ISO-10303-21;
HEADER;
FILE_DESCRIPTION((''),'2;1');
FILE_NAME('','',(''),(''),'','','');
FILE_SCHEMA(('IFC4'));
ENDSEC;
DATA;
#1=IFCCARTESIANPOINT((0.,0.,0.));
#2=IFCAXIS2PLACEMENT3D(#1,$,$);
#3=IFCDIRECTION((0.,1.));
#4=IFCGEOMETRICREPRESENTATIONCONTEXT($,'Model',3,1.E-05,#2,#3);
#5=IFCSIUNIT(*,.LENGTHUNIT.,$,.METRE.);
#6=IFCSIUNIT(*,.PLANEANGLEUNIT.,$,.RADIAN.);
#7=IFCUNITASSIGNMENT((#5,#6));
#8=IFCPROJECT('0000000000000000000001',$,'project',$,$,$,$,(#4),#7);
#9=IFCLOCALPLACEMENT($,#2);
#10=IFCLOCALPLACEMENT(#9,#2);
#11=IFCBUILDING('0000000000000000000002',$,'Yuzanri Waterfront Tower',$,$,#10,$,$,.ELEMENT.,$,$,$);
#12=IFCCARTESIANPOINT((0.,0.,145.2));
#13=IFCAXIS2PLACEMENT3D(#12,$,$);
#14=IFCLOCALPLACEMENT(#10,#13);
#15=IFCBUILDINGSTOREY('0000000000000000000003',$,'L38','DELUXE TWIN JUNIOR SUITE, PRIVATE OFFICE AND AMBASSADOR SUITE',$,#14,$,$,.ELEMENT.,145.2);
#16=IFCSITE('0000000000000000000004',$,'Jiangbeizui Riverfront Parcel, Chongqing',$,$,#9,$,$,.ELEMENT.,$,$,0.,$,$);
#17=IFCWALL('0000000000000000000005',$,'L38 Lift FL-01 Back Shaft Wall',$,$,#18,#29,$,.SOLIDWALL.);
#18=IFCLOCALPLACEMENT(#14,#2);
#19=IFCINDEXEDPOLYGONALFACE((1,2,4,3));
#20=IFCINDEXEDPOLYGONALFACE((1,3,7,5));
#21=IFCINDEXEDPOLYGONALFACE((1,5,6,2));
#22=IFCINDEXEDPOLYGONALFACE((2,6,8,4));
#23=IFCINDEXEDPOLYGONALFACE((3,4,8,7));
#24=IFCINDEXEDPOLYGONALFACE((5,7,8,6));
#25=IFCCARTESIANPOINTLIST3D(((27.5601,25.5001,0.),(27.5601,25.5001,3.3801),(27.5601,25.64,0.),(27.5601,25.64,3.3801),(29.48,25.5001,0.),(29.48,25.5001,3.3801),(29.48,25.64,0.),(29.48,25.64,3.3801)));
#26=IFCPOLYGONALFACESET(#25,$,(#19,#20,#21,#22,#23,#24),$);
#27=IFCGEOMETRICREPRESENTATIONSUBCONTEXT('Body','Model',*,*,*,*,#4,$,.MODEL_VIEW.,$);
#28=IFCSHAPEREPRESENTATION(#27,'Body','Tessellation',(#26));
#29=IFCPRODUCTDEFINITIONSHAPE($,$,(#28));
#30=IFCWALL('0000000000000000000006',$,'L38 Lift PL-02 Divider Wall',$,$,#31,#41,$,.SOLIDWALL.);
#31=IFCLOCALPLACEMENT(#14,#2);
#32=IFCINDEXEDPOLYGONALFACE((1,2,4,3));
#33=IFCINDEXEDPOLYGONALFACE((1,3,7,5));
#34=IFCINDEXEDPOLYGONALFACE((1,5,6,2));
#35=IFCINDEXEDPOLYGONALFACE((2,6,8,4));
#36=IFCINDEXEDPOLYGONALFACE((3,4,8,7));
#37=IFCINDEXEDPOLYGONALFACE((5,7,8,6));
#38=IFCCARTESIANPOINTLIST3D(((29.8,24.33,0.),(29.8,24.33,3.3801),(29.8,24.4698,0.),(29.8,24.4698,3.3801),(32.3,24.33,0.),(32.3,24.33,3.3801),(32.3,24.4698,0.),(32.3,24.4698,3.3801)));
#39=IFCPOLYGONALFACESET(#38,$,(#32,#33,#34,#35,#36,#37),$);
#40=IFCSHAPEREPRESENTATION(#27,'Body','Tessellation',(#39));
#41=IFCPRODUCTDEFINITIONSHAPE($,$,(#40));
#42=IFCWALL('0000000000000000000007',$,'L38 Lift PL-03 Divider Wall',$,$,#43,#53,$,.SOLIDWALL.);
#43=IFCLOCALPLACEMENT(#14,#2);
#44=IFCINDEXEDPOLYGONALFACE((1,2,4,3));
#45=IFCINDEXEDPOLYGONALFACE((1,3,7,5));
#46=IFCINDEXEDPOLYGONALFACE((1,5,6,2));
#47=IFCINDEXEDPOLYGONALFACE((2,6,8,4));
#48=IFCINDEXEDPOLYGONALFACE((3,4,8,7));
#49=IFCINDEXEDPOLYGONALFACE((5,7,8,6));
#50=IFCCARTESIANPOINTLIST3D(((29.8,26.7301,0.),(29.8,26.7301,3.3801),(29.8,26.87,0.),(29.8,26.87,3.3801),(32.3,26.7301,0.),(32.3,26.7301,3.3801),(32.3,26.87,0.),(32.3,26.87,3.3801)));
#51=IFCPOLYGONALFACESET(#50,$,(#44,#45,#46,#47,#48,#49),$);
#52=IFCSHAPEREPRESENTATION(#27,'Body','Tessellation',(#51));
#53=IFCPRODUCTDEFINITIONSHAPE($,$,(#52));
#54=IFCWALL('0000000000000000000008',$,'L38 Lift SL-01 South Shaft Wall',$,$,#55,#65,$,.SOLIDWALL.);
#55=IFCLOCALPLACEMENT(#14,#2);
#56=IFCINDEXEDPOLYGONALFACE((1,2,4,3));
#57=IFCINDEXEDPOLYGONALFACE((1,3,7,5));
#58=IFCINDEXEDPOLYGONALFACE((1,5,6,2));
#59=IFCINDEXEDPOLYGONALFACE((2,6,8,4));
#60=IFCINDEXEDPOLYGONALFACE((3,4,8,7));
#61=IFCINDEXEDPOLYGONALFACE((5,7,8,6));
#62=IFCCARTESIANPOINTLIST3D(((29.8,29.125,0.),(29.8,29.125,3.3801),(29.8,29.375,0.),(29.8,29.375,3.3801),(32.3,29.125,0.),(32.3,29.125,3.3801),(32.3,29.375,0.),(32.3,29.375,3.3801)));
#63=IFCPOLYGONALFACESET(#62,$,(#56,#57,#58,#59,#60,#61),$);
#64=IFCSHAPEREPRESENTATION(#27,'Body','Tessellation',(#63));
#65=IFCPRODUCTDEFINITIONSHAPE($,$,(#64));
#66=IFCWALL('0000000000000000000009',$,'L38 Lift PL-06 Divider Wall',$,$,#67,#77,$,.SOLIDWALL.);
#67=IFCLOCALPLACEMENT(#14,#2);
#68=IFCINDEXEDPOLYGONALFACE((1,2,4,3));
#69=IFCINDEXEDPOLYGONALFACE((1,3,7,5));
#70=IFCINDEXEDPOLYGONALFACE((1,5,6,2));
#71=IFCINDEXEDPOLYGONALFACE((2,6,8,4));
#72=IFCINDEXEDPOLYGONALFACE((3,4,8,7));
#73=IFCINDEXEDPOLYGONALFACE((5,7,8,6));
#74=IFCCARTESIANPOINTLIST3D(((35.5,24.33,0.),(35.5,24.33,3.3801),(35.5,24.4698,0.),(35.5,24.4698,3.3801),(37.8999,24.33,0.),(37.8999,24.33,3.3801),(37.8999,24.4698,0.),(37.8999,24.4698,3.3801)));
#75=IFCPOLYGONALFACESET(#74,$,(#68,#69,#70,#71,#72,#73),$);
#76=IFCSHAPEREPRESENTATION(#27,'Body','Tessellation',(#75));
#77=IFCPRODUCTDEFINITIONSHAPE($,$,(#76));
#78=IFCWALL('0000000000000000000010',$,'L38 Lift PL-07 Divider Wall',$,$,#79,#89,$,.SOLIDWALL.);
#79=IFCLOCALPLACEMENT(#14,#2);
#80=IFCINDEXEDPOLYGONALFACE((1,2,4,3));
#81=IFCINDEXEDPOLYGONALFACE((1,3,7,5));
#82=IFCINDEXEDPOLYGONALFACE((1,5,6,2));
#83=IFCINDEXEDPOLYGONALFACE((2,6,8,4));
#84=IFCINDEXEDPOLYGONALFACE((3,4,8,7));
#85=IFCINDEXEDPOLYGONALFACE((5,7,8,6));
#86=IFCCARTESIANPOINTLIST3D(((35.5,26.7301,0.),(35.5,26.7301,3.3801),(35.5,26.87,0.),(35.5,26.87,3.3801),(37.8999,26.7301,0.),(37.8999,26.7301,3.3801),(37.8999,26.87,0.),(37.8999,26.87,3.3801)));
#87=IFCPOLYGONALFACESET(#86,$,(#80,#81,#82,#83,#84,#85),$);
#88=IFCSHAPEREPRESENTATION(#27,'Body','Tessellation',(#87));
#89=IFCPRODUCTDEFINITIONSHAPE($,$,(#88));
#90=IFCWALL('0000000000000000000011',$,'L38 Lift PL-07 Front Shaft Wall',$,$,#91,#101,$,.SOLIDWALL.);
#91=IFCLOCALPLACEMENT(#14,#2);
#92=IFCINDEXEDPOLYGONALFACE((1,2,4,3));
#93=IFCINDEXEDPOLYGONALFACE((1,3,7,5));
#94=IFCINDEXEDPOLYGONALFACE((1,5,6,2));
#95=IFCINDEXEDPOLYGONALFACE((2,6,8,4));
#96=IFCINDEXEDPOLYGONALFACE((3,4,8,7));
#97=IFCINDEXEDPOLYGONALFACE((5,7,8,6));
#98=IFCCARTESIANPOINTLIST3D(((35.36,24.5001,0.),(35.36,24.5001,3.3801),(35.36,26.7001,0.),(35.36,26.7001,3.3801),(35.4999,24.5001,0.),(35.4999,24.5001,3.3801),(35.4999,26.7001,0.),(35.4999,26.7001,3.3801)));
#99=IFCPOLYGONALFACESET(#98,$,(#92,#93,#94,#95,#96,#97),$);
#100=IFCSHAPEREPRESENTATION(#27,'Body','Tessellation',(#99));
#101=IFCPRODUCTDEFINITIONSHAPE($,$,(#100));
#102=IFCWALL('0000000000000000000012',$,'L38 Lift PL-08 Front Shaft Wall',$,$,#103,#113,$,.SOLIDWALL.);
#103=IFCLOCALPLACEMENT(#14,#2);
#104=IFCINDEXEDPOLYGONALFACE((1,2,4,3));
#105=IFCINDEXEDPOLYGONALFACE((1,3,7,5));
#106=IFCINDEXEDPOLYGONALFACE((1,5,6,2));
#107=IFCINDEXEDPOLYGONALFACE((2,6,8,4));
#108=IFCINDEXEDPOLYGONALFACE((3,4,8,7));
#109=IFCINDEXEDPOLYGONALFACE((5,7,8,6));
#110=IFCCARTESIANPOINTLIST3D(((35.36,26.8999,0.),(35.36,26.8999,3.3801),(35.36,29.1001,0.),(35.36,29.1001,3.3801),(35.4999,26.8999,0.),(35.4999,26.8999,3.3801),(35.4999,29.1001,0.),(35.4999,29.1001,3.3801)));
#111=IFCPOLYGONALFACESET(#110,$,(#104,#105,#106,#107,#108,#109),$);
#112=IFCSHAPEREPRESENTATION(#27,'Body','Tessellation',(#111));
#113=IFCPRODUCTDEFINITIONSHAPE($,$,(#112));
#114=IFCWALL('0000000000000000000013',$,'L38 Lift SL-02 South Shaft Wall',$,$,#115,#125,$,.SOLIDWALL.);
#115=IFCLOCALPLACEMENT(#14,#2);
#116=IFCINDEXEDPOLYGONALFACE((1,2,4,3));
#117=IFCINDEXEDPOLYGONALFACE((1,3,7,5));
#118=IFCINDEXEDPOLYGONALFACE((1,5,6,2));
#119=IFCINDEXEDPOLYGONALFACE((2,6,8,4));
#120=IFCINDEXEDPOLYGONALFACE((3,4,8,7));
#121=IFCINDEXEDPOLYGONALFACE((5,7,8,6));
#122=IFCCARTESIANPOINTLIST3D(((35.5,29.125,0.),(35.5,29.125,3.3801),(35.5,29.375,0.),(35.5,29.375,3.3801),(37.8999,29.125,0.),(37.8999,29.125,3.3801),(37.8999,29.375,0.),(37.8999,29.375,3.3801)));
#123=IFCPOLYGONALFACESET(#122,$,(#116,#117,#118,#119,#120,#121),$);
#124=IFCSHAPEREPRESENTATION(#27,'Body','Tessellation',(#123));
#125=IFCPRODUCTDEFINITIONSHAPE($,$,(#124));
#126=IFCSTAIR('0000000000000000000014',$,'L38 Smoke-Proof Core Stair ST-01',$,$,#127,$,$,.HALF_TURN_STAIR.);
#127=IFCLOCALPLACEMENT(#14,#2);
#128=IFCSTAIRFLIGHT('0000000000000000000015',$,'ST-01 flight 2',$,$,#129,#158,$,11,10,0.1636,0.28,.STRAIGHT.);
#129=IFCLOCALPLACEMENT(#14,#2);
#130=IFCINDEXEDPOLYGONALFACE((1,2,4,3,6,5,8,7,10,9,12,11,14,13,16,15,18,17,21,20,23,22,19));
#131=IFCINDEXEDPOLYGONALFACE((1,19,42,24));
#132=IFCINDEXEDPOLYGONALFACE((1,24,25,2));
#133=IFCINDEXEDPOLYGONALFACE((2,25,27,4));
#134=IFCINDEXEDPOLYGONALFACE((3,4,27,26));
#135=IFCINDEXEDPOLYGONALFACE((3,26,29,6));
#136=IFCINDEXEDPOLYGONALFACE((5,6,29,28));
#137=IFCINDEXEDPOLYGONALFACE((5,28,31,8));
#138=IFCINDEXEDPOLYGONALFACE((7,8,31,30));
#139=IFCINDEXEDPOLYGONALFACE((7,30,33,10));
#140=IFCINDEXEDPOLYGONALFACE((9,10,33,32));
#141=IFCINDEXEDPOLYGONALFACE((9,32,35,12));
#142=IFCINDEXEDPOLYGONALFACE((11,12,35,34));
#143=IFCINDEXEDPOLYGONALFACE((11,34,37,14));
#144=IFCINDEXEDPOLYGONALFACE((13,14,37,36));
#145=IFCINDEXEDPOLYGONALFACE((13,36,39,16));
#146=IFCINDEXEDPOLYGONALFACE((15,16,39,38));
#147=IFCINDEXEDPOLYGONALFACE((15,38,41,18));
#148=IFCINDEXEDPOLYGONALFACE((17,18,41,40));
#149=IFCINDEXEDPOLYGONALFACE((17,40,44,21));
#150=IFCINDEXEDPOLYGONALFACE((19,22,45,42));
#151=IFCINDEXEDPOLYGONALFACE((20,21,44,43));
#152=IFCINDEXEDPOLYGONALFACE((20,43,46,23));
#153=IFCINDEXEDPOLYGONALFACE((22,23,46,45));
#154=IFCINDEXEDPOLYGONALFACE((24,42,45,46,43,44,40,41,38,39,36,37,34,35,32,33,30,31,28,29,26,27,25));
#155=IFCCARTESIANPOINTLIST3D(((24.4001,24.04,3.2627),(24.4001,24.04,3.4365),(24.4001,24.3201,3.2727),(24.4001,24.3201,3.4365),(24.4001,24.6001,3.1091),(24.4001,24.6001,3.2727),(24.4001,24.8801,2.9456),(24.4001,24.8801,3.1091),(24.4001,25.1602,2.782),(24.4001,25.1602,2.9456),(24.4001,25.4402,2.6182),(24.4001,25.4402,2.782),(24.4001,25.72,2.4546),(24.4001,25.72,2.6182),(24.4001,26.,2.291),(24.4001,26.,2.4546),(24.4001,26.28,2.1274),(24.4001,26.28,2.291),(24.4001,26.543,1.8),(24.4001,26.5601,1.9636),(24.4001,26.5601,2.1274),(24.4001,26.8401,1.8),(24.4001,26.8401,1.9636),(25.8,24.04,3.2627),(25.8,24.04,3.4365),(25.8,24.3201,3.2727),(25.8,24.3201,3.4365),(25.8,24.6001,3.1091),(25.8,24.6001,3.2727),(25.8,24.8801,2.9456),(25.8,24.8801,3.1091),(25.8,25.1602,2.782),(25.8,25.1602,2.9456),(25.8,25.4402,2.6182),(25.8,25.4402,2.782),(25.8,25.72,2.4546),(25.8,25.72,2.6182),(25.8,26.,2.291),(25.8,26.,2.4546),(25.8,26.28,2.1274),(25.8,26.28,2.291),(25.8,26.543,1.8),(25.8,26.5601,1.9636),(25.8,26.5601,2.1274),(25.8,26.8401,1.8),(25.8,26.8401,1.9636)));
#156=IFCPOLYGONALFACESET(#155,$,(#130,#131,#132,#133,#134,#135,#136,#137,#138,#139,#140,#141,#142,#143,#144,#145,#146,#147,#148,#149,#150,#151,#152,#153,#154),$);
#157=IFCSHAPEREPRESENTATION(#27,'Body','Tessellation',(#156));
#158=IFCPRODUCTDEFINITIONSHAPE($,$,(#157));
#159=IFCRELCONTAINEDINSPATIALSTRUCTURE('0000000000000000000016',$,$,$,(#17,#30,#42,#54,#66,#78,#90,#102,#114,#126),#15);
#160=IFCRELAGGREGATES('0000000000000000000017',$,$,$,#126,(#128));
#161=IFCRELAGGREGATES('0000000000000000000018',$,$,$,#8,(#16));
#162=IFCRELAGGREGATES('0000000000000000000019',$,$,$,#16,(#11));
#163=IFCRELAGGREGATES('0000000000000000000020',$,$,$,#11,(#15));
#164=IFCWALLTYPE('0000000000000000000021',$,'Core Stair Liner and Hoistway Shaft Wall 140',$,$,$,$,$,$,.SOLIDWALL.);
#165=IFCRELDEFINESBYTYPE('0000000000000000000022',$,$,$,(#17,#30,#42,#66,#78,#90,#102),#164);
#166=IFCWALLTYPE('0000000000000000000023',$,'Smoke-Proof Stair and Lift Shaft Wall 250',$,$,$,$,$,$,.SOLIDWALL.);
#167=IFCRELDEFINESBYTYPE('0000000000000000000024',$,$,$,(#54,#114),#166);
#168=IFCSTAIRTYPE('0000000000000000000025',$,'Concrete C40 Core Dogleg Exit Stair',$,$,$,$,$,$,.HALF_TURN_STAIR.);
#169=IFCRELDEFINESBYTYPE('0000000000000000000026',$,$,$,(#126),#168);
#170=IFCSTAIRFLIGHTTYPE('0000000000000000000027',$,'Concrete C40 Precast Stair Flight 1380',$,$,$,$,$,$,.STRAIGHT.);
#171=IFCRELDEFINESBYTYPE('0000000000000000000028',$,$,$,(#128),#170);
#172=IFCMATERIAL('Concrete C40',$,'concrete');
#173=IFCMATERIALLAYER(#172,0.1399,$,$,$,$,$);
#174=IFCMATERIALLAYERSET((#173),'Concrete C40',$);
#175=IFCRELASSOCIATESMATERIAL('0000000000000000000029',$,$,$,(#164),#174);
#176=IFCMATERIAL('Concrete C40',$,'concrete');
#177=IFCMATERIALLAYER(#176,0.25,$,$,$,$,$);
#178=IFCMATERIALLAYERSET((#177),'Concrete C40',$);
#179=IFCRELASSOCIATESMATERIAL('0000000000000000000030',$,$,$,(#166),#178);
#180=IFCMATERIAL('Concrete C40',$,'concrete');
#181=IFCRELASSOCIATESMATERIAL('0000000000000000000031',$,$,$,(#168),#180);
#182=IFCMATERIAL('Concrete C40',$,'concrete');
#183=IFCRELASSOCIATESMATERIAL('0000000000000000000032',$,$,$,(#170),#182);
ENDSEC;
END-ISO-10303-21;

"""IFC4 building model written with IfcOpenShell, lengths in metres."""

from ifc_helpers import new_model, si_unit, direction, frame, frame_2d, origin, place, context, subcontext, project, spatial, polyline, rectangle, outline, extrude, source, transform, mapped, material, layer, layer_set, type_object, element, aggregate, save


model = new_model("IFC4")

# Units and contexts
model_context = context("Model", 3, precision=1e-05, world=origin(), true_north=direction((0.0, 1.0)))
body_context = subcontext(model_context, "Body", "Model", "MODEL_VIEW")
ifc_project = project(units=[si_unit("LENGTHUNIT", "METRE"), si_unit("PLANEANGLEUNIT", "RADIAN")], contexts=[model_context])

# Site, building, storey
site_placement = place(None, origin())
site = spatial("IfcSite", under=ifc_project, at=site_placement, Name="Jiangbeizui Riverfront Parcel, Chongqing", CompositionType="ELEMENT", RefElevation=0.0)
building_placement = place(site_placement, origin())
building = spatial("IfcBuilding", under=site, at=building_placement, Name="Yuzanri Waterfront Tower", CompositionType="ELEMENT")
storey_placement = place(building_placement, frame((0.0, 0.0, 145.2)))
storey = spatial("IfcBuildingStorey", under=building, at=storey_placement, Name="L38", Description="DELUXE TWIN JUNIOR SUITE, PRIVATE OFFICE AND AMBASSADOR SUITE", CompositionType="ELEMENT", Elevation=145.2)

# Shared definitions
ifc_material_1 = material(Name="Concrete C40", Category="concrete")
ifc_layer_1 = layer(ifc_material_1, 0.1399)
ifc_layer_set_1 = layer_set([ifc_layer_1], Name="Concrete C40")
wall_type_1 = type_object("IfcWallType", Name="Core Stair Liner and Hoistway Shaft Wall 140", PredefinedType="SOLIDWALL", material=ifc_layer_set_1)

# Walls
shared_shape_1 = source(origin(), body_context, "Body", "SweptSolid", [
    extrude(rectangle(XDim=1.9199, YDim=0.1399, at=frame_2d((0.96, 0.0))), origin(), (0.0, 0.0, 1.0), 3.3801),
])
wall_1_placement = place(storey_placement, frame((27.5601, 25.5701, 0.0), z_axis=(0.0, 0.0, 1.0), x_axis=(1.0, 0.0, 0.0)))
element("IfcWall", 1, at=wall_1_placement, inside=storey, type_object=wall_type_1, Name="L38 Lift FL-01 Back Shaft Wall", PredefinedType="SOLIDWALL", context=body_context, shape_type="MappedRepresentation", body=[
    mapped(shared_shape_1, transform((0.0, 0.0, 0.0), scale=1.0)),
])
shared_shape_2 = source(origin(), body_context, "Body", "SweptSolid", [
    extrude(rectangle(XDim=2.5, YDim=0.1399, at=frame_2d((1.25, 0.0))), origin(), (0.0, 0.0, 1.0), 3.3801),
])
for number, where, z_axis, x_axis, name in (
    (2, (29.8, 24.3999, 0.0), (0.0, 0.0, 1.0), (1.0, 0.0, 0.0), "L38 Lift PL-02 Divider Wall"),
    (3, (29.8, 26.8, 0.0), (0.0, 0.0, 1.0), (1.0, 0.0, 0.0), "L38 Lift PL-03 Divider Wall"),
):
    element("IfcWall", number, at=place(storey_placement, frame(where, z_axis=z_axis, x_axis=x_axis)), inside=storey, type_object=wall_type_1, Name=name, PredefinedType="SOLIDWALL", context=body_context, shape_type="MappedRepresentation", body=[
        mapped(shared_shape_2, transform((0.0, 0.0, 0.0), scale=1.0)),
    ])
ifc_material_2 = material(Name="Concrete C40", Category="concrete")
ifc_layer_2 = layer(ifc_material_2, 0.25)
ifc_layer_set_2 = layer_set([ifc_layer_2], Name="Concrete C40")
wall_type_2 = type_object("IfcWallType", Name="Smoke-Proof Stair and Lift Shaft Wall 250", PredefinedType="SOLIDWALL", material=ifc_layer_set_2)
shared_shape_3 = source(origin(), body_context, "Body", "SweptSolid", [
    extrude(rectangle(XDim=2.5, YDim=0.25, at=frame_2d((1.25, 0.0))), origin(), (0.0, 0.0, 1.0), 3.3801),
])
wall_2_placement = place(storey_placement, frame((29.8, 29.25, 0.0), z_axis=(0.0, 0.0, 1.0), x_axis=(1.0, 0.0, 0.0)))
element("IfcWall", 4, at=wall_2_placement, inside=storey, type_object=wall_type_2, Name="L38 Lift SL-01 South Shaft Wall", PredefinedType="SOLIDWALL", context=body_context, shape_type="MappedRepresentation", body=[
    mapped(shared_shape_3, transform((0.0, 0.0, 0.0), scale=1.0)),
])
shared_shape_4 = source(origin(), body_context, "Body", "SweptSolid", [
    extrude(rectangle(XDim=2.3999, YDim=0.1399, at=frame_2d((1.2, 0.0))), origin(), (0.0, 0.0, 1.0), 3.3801),
])
for number, where, z_axis, x_axis, name in (
    (5, (35.5, 24.3999, 0.0), (0.0, 0.0, 1.0), (1.0, 0.0, 0.0), "L38 Lift PL-06 Divider Wall"),
    (6, (35.5, 26.8, 0.0), (0.0, 0.0, 1.0), (1.0, 0.0, 0.0), "L38 Lift PL-07 Divider Wall"),
):
    element("IfcWall", number, at=place(storey_placement, frame(where, z_axis=z_axis, x_axis=x_axis)), inside=storey, type_object=wall_type_1, Name=name, PredefinedType="SOLIDWALL", context=body_context, shape_type="MappedRepresentation", body=[
        mapped(shared_shape_4, transform((0.0, 0.0, 0.0), scale=1.0)),
    ])
shared_shape_5 = source(origin(), body_context, "Body", "SweptSolid", [
    extrude(rectangle(XDim=2.2, YDim=0.1399, at=frame_2d((1.1001, 0.0))), origin(), (0.0, 0.0, 1.0), 3.3801),
])
wall_3_placement = place(storey_placement, frame((35.4299, 24.5, 0.0), z_axis=(0.0, 0.0, 1.0), x_axis=(0.0, 1.0, 0.0)))
element("IfcWall", 7, at=wall_3_placement, inside=storey, type_object=wall_type_1, Name="L38 Lift PL-07 Front Shaft Wall", PredefinedType="SOLIDWALL", context=body_context, shape_type="MappedRepresentation", body=[
    mapped(shared_shape_5, transform((0.0, 0.0, 0.0), scale=1.0)),
])
shared_shape_6 = source(origin(), body_context, "Body", "SweptSolid", [
    extrude(rectangle(XDim=2.2002, YDim=0.1399, at=frame_2d((1.1001, 0.0))), origin(), (0.0, 0.0, 1.0), 3.3801),
])
wall_4_placement = place(storey_placement, frame((35.4299, 26.8999, 0.0), z_axis=(0.0, 0.0, 1.0), x_axis=(0.0, 1.0, 0.0)))
element("IfcWall", 8, at=wall_4_placement, inside=storey, type_object=wall_type_1, Name="L38 Lift PL-08 Front Shaft Wall", PredefinedType="SOLIDWALL", context=body_context, shape_type="MappedRepresentation", body=[
    mapped(shared_shape_6, transform((0.0, 0.0, 0.0), scale=1.0)),
])
shared_shape_7 = source(origin(), body_context, "Body", "SweptSolid", [
    extrude(rectangle(XDim=2.3999, YDim=0.25, at=frame_2d((1.2, 0.0))), origin(), (0.0, 0.0, 1.0), 3.3801),
])
wall_5_placement = place(storey_placement, frame((35.5, 29.25, 0.0), z_axis=(0.0, 0.0, 1.0), x_axis=(1.0, 0.0, 0.0)))
element("IfcWall", 9, at=wall_5_placement, inside=storey, type_object=wall_type_2, Name="L38 Lift SL-02 South Shaft Wall", PredefinedType="SOLIDWALL", context=body_context, shape_type="MappedRepresentation", body=[
    mapped(shared_shape_7, transform((0.0, 0.0, 0.0), scale=1.0)),
])

# Stair, stair flight
ifc_material_3 = material(Name="Concrete C40", Category="concrete")
stair_type = type_object("IfcStairType", Name="Concrete C40 Core Dogleg Exit Stair", PredefinedType="HALF_TURN_STAIR", material=ifc_material_3)
stair_placement = place(storey_placement, origin())
stair = element("IfcStair", 10, at=stair_placement, inside=storey, type_object=stair_type, Name="L38 Smoke-Proof Core Stair ST-01", PredefinedType="HALF_TURN_STAIR")
ifc_material_4 = material(Name="Concrete C40", Category="concrete")
stair_flight_type = type_object("IfcStairFlightType", Name="Concrete C40 Precast Stair Flight 1380", PredefinedType="STRAIGHT", material=ifc_material_4)
shared_shape_8 = source(origin(), body_context, "Body", "SweptSolid", [
    extrude(outline(polyline([(0.0, 0.0), (0.0, 0.1636), (0.28, 0.1636), (0.28, 0.3274), (0.5601, 0.3274), (0.5601, 0.491), (0.8401, 0.491), (0.8401, 0.6545), (1.1201, 0.6545), (1.1201, 0.8181), (1.3999, 0.8181), (1.3999, 0.9819), (1.6799, 0.9819), (1.6799, 1.1455), (1.96, 1.1455), (1.96, 1.3091), (2.24, 1.3091), (2.24, 1.4727), (2.52, 1.4727), (2.52, 1.6365), (2.8, 1.6365), (2.8, 1.8), (2.8, 1.4626), (0.2971, 0.0), (0.0, 0.0)])), frame((0.0, 0.7, 0.0), z_axis=(0.0, -1.0, 0.0), x_axis=(1.0, 0.0, 0.0)), (0.0, 0.0, 1.0), 1.3999),
])
stair_flight_placement = place(storey_placement, frame((25.1001, 26.8401, 1.8), z_axis=(0.0, 0.0, 1.0), x_axis=(0.0, -1.0, 0.0)))
stair_flight = element("IfcStairFlight", 11, at=stair_flight_placement, type_object=stair_flight_type, Name="ST-01 flight 2", NumberOfRisers=11, NumberOfTreads=10, PredefinedType="STRAIGHT", RiserHeight=0.1636, TreadLength=0.28, context=body_context, shape_type="MappedRepresentation", body=[
    mapped(shared_shape_8, transform((0.0, 0.0, 0.0), scale=1.0)),
])
aggregate(stair, [stair_flight])

save(model, "model.ifc")
